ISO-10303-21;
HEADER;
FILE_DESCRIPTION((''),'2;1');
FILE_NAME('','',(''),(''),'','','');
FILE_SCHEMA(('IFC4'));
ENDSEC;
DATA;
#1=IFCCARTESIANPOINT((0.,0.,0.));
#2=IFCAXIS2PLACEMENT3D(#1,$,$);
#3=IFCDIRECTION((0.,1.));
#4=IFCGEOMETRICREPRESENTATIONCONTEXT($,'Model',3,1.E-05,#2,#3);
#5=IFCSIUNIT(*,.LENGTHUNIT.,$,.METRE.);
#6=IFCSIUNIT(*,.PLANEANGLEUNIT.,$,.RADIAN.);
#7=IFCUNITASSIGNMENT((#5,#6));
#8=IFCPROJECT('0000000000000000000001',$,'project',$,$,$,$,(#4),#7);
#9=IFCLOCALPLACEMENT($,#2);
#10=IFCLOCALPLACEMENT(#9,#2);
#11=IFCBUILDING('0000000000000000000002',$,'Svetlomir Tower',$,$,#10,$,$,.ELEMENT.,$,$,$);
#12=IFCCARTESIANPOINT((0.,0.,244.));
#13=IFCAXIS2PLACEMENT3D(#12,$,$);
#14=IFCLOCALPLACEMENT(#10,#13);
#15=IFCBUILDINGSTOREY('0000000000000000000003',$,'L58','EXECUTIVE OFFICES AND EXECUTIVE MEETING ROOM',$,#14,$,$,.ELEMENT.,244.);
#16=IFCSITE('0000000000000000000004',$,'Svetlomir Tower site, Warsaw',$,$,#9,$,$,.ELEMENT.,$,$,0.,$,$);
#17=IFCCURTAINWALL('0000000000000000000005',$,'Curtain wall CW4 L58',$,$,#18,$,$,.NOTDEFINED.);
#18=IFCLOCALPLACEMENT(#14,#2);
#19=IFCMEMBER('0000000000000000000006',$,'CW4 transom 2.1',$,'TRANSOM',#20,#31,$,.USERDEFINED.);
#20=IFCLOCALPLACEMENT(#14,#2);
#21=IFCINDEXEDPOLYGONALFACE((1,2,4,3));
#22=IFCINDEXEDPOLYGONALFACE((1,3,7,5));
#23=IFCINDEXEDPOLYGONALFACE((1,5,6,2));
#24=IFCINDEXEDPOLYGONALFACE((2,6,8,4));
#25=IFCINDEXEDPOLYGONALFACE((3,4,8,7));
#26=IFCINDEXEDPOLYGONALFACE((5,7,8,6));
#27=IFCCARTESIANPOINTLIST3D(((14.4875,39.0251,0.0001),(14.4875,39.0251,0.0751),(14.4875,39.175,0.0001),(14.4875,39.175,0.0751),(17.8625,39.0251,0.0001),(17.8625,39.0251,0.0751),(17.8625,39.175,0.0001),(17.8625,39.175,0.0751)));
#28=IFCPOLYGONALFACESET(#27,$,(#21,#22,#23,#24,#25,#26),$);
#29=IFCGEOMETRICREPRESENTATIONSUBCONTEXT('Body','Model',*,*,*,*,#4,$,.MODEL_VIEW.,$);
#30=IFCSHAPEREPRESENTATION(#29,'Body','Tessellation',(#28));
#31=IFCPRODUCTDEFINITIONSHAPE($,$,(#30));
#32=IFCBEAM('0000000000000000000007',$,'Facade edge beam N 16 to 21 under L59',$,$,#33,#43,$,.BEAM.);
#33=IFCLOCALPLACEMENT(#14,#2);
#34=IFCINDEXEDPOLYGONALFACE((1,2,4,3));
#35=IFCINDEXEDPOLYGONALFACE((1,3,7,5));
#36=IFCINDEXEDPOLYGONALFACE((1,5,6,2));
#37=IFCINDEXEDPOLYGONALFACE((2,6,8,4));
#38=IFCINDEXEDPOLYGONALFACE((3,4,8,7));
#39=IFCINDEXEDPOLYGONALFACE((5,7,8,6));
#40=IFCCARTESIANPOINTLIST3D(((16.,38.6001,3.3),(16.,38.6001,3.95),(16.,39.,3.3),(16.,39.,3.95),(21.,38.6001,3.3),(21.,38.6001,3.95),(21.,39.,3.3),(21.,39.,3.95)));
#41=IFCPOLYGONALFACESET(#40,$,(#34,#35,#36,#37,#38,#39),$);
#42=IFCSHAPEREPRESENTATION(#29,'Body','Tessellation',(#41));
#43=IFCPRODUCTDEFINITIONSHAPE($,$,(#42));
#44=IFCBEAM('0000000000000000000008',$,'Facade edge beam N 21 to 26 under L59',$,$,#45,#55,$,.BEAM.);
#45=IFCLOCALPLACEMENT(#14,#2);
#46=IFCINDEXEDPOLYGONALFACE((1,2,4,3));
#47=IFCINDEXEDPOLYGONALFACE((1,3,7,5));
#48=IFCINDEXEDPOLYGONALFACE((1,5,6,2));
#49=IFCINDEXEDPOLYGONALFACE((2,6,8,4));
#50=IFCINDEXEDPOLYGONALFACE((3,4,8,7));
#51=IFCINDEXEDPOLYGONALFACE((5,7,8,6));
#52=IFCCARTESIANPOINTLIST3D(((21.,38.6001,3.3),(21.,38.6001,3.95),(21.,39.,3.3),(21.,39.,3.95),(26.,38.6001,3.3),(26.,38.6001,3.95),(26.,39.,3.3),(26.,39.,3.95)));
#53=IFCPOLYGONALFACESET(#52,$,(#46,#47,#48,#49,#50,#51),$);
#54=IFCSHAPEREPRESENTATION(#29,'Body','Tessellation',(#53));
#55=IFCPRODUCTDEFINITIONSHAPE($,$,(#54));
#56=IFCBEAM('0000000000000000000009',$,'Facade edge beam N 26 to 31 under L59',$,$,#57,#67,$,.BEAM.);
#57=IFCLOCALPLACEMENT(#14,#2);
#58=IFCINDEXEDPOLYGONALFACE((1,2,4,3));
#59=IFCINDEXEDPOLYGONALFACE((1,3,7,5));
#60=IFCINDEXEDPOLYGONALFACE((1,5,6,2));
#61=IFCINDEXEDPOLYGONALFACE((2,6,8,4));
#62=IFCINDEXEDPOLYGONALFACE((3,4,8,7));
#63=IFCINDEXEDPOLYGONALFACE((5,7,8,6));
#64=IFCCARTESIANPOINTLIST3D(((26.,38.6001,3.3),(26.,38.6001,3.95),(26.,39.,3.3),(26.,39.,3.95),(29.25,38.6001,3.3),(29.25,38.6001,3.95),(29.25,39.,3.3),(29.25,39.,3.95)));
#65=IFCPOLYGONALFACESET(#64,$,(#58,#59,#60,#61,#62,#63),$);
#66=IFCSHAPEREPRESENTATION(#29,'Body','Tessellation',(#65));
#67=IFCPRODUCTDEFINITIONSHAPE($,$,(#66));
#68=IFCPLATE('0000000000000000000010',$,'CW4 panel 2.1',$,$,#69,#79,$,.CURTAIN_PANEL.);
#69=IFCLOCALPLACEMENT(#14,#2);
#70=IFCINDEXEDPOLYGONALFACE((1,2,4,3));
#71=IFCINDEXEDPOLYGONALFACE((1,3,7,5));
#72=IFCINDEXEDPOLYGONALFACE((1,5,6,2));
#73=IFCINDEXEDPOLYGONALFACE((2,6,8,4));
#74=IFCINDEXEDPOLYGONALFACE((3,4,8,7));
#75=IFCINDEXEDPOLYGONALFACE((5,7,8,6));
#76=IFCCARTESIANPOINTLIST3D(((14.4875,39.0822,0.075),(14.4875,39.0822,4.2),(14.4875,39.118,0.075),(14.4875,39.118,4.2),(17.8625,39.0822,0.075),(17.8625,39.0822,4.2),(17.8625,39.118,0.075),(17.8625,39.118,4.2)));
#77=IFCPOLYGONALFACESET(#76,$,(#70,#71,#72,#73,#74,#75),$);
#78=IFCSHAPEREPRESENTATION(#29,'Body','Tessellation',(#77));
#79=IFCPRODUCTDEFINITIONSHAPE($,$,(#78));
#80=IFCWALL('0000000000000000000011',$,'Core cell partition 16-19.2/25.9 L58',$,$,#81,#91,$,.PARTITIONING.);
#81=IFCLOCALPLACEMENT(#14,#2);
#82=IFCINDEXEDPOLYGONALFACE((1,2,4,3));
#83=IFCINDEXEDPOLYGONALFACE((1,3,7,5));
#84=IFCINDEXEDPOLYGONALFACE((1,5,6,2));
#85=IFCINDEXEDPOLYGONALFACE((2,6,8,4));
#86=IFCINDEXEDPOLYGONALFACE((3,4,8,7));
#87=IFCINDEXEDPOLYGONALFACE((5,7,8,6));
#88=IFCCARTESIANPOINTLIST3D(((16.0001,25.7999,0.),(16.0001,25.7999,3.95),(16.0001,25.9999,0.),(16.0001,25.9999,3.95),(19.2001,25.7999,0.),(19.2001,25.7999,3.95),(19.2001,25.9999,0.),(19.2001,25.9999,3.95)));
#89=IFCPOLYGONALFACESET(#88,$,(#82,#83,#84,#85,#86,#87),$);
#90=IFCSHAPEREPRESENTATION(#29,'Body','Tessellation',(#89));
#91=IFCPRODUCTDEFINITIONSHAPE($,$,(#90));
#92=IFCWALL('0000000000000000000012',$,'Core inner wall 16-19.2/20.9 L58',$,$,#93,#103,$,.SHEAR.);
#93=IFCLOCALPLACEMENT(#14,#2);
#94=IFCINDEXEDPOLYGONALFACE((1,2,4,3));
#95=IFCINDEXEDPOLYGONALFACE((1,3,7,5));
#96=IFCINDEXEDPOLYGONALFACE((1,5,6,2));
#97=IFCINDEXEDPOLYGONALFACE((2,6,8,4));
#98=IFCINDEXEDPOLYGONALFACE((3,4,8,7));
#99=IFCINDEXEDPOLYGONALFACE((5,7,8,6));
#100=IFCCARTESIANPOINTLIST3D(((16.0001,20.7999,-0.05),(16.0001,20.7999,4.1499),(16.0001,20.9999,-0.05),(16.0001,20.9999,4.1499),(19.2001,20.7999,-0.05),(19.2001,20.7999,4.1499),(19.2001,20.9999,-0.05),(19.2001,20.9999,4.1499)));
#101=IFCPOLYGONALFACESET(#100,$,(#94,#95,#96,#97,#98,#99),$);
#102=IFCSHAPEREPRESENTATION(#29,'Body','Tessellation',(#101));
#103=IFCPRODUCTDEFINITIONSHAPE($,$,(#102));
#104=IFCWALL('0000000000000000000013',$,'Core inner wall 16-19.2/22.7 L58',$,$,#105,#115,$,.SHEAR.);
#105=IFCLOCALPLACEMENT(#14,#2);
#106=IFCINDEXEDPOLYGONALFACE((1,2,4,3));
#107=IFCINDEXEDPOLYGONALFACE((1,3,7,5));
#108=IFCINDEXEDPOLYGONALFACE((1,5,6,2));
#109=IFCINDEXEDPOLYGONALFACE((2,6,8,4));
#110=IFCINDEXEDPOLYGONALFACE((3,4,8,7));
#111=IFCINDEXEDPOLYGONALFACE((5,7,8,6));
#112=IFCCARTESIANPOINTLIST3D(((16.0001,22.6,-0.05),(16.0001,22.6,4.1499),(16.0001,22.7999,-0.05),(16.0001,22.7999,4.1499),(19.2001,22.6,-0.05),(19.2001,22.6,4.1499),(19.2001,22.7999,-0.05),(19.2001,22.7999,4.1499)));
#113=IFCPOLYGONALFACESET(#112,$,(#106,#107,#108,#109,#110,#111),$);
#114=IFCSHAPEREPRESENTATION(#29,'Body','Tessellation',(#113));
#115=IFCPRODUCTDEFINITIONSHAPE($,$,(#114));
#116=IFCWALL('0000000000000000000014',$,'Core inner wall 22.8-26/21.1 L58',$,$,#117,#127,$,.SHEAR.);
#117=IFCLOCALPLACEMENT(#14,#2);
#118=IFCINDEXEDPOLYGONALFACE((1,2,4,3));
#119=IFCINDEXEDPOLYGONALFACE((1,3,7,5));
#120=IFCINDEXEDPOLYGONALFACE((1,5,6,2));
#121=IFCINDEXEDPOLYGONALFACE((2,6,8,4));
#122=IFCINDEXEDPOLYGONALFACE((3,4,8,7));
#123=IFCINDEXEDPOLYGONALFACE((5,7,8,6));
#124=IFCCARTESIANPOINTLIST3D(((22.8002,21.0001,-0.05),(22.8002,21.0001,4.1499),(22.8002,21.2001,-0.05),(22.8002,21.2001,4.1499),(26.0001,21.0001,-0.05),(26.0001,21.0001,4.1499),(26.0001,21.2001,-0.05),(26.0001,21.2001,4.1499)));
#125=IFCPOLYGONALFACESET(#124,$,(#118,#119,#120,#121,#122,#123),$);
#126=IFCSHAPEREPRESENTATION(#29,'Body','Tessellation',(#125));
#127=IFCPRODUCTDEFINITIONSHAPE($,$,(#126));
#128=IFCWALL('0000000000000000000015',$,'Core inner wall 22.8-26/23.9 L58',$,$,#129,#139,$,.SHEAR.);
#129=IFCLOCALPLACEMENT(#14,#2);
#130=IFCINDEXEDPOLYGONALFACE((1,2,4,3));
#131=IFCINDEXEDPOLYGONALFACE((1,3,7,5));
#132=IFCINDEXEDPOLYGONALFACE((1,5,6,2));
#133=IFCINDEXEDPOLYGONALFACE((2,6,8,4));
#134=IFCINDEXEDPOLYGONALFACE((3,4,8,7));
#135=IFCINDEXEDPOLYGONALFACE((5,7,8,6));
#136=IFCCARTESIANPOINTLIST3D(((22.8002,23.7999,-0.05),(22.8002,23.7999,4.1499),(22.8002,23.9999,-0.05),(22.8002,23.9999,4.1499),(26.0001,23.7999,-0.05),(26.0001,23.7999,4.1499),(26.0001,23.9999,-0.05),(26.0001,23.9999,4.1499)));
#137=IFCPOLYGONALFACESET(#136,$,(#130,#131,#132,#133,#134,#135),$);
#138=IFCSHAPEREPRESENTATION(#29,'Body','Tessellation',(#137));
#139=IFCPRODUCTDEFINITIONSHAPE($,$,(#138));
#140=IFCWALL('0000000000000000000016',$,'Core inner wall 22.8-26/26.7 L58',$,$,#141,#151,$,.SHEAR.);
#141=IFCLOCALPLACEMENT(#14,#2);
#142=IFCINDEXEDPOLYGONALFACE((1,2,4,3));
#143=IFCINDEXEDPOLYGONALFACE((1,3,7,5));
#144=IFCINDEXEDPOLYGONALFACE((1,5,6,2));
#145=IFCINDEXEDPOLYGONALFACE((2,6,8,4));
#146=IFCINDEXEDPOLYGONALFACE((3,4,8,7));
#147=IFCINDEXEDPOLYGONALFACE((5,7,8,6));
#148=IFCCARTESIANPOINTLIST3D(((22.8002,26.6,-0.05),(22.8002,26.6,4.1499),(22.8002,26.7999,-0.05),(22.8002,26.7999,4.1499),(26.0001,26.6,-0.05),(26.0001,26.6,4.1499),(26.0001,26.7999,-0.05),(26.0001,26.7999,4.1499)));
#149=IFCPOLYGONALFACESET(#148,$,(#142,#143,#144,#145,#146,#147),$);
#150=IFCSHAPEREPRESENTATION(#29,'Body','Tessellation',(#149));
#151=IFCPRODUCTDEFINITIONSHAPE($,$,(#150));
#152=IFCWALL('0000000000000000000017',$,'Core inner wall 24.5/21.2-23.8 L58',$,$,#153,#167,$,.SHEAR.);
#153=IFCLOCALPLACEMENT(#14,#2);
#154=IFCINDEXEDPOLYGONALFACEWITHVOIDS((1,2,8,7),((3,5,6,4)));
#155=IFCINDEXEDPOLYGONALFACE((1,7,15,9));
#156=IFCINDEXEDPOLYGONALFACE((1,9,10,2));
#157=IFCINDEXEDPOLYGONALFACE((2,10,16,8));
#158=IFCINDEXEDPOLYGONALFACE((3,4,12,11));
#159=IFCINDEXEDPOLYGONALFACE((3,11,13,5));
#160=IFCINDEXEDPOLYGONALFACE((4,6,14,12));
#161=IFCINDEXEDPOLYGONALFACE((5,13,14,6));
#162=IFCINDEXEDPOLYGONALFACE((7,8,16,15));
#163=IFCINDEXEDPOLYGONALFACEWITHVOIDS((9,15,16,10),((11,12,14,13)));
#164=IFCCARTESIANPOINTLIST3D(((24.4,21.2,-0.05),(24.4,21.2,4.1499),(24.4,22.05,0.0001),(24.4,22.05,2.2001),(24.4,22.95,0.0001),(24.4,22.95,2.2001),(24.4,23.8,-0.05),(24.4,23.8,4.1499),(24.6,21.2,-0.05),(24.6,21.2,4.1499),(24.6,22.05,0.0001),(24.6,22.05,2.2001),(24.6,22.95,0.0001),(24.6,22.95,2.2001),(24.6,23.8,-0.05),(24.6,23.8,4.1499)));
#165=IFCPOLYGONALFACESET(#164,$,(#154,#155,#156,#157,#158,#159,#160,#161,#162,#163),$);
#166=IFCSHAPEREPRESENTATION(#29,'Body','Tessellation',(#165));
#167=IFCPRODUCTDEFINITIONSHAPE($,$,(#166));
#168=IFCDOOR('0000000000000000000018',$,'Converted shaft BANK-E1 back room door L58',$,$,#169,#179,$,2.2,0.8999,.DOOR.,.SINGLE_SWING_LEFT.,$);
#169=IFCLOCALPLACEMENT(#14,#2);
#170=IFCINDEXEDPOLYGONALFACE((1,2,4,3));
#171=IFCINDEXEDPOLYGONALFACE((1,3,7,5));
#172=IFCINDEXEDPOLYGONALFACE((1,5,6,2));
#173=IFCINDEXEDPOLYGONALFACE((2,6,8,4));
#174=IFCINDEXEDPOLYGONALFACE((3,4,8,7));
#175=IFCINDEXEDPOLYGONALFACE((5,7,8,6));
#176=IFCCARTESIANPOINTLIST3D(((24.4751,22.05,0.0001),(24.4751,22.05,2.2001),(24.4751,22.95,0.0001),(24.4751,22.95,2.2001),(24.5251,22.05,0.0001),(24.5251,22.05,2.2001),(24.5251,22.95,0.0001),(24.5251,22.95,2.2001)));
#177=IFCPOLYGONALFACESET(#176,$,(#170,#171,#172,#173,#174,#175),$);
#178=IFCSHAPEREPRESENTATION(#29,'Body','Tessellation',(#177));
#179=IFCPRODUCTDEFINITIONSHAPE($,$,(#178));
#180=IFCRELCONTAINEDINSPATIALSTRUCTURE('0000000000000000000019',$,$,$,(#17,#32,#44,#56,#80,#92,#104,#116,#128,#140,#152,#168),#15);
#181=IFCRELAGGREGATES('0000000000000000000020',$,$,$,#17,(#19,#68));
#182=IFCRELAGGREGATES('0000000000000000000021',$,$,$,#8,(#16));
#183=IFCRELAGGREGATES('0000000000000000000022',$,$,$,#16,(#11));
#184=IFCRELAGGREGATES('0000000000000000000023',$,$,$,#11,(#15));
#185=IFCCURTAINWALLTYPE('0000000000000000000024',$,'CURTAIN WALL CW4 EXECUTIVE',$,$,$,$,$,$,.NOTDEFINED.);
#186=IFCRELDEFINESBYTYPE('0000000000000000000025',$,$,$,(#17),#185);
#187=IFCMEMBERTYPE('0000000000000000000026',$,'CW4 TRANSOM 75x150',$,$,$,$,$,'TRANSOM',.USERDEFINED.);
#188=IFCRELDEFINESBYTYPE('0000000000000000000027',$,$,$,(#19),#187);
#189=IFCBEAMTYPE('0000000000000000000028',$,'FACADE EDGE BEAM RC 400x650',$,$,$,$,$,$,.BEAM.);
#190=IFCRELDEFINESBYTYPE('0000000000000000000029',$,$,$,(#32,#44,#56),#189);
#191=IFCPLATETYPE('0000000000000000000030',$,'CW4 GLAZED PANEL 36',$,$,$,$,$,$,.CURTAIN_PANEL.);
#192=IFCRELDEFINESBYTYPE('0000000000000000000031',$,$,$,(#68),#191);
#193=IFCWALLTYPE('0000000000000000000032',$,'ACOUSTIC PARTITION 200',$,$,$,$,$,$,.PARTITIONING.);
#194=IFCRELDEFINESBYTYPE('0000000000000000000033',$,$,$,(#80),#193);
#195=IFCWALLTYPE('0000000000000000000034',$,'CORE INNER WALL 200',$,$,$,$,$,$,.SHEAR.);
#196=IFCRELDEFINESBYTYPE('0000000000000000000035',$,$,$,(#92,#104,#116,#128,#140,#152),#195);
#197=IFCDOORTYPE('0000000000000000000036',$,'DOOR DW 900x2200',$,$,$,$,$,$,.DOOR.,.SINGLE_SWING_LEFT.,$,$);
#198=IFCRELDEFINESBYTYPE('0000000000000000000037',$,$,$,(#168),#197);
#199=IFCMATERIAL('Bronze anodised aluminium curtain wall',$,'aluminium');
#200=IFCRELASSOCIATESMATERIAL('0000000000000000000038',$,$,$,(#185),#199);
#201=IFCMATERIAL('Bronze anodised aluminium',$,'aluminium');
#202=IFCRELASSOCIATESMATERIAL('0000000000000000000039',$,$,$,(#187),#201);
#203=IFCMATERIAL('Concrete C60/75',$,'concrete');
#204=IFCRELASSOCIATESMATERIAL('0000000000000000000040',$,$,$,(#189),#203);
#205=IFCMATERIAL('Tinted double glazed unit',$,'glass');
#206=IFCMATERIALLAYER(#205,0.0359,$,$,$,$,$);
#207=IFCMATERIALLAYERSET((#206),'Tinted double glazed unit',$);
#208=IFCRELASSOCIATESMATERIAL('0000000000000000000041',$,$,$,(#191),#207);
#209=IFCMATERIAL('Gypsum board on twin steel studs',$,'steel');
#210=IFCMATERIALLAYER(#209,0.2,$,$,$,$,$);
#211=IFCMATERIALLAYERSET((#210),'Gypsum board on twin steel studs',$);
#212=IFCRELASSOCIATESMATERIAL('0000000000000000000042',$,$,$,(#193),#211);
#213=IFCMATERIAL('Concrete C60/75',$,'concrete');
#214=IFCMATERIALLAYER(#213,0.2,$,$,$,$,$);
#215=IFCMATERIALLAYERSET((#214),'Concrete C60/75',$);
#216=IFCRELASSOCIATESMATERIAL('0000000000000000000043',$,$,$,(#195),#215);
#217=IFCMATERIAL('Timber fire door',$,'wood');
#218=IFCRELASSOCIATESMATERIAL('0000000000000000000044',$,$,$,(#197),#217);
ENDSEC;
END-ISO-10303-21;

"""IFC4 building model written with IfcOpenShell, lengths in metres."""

from ifc_helpers import new_model, si_unit, direction, frame, frame_2d, origin, origin_2d, place, context, subcontext, project, spatial, rectangle, extrude, material, layer, layer_set, material_profile, profile_set, type_object, element, fill, aggregate, save


model = new_model("IFC4")

# Units and contexts
model_context = context("Model", 3, precision=1e-05, world=origin(), true_north=direction((0.0, 1.0)))
body_context = subcontext(model_context, "Body", "Model", "MODEL_VIEW")
ifc_project = project(units=[si_unit("LENGTHUNIT", "METRE"), si_unit("PLANEANGLEUNIT", "RADIAN")], contexts=[model_context])

# Site, building, storey
site_placement = place(None, origin())
site = spatial("IfcSite", under=ifc_project, at=site_placement, Name="Svetlomir Tower site, Warsaw", CompositionType="ELEMENT", RefElevation=0.0)
building_placement = place(site_placement, origin())
building = spatial("IfcBuilding", under=site, at=building_placement, Name="Svetlomir Tower", CompositionType="ELEMENT")
storey_placement = place(building_placement, frame((0.0, 0.0, 244.0)))
storey = spatial("IfcBuildingStorey", under=building, at=storey_placement, Name="L58", Description="EXECUTIVE OFFICES AND EXECUTIVE MEETING ROOM", CompositionType="ELEMENT", Elevation=244.0)

# Curtain wall, member
ifc_material_1 = material(Name="Bronze anodised aluminium curtain wall", Category="aluminium")
curtain_wall_type = type_object("IfcCurtainWallType", Name="CURTAIN WALL CW4 EXECUTIVE", PredefinedType="NOTDEFINED", material=ifc_material_1)
curtain_wall_placement = place(storey_placement, origin())
curtain_wall = element("IfcCurtainWall", 1, at=curtain_wall_placement, inside=storey, type_object=curtain_wall_type, Name="Curtain wall CW4 L58", PredefinedType="NOTDEFINED")
ifc_material_2 = material(Name="Bronze anodised aluminium", Category="aluminium")
ifc_material_profile_1 = material_profile(ifc_material_2, rectangle(XDim=0.1499, YDim=0.075, at=origin_2d()), Name="AL 150x75")
ifc_profile_set_1 = profile_set([ifc_material_profile_1], Name="Bronze anodised aluminium 6063-T6")
member_type = type_object("IfcMemberType", Name="CW4 TRANSOM 75x150", ElementType="TRANSOM", PredefinedType="USERDEFINED", material=ifc_profile_set_1)
member_placement = place(storey_placement, frame((17.8625, 39.1001, 0.0376), z_axis=(-1.0, 0.0, 0.0), x_axis=(0.0, -1.0, 0.0)))
member = element("IfcMember", 2, at=member_placement, type_object=member_type, Name="CW4 transom 2.1", ObjectType="TRANSOM", PredefinedType="USERDEFINED", context=body_context, shape_type="SweptSolid", body=[
    extrude(rectangle(XDim=0.1499, YDim=0.075, at=origin_2d()), origin(), (0.0, 0.0, 1.0), 3.375),
])

# Beams
ifc_material_3 = material(Name="Concrete C60/75", Category="concrete")
ifc_material_profile_2 = material_profile(ifc_material_3, rectangle(XDim=0.3999, YDim=0.6499, at=origin_2d()), Name="RC 400x650")
ifc_profile_set_2 = profile_set([ifc_material_profile_2], Name="Concrete C60/75")
beam_type = type_object("IfcBeamType", Name="FACADE EDGE BEAM RC 400x650", PredefinedType="BEAM", material=ifc_profile_set_2)
for number, where, z_axis, x_axis, name in (
    (3, (16.0, 38.8, 3.625), (1.0, 0.0, 0.0), (0.0, 1.0, 0.0), "Facade edge beam N 16 to 21 under L59"),
    (4, (21.0, 38.8, 3.625), (1.0, 0.0, 0.0), (0.0, 1.0, 0.0), "Facade edge beam N 21 to 26 under L59"),
):
    element("IfcBeam", number, at=place(storey_placement, frame(where, z_axis=z_axis, x_axis=x_axis)), inside=storey, type_object=beam_type, Name=name, PredefinedType="BEAM", context=body_context, shape_type="SweptSolid", body=[
        extrude(rectangle(XDim=0.3999, YDim=0.6499, at=origin_2d()), origin(), (0.0, 0.0, 1.0), 5.0),
    ])
beam_placement = place(storey_placement, frame((26.0, 38.8, 3.625), z_axis=(1.0, 0.0, 0.0), x_axis=(0.0, 1.0, 0.0)))
element("IfcBeam", 5, at=beam_placement, inside=storey, type_object=beam_type, Name="Facade edge beam N 26 to 31 under L59", PredefinedType="BEAM", context=body_context, shape_type="SweptSolid", body=[
    extrude(rectangle(XDim=0.3999, YDim=0.6499, at=origin_2d()), origin(), (0.0, 0.0, 1.0), 3.25),
])

# Plate
ifc_material_4 = material(Name="Tinted double glazed unit", Category="glass")
ifc_layer_1 = layer(ifc_material_4, 0.0359)
ifc_layer_set_1 = layer_set([ifc_layer_1], Name="Tinted double glazed unit")
plate_type = type_object("IfcPlateType", Name="CW4 GLAZED PANEL 36", PredefinedType="CURTAIN_PANEL", material=ifc_layer_set_1)
plate_placement = place(storey_placement, frame((16.175, 39.1001, 0.075), z_axis=(0.0, 0.0, 1.0), x_axis=(-1.0, 0.0, 0.0)))
plate = element("IfcPlate", 6, at=plate_placement, type_object=plate_type, Name="CW4 panel 2.1", PredefinedType="CURTAIN_PANEL", context=body_context, shape_type="SweptSolid", body=[
    extrude(rectangle(XDim=3.375, YDim=0.0359, at=origin_2d()), origin(), (0.0, 0.0, 1.0), 4.125),
])
aggregate(curtain_wall, [member, plate])

# Walls
ifc_material_5 = material(Name="Gypsum board on twin steel studs", Category="steel")
ifc_layer_2 = layer(ifc_material_5, 0.2)
ifc_layer_set_2 = layer_set([ifc_layer_2], Name="Gypsum board on twin steel studs")
wall_type_1 = type_object("IfcWallType", Name="ACOUSTIC PARTITION 200", PredefinedType="PARTITIONING", material=ifc_layer_set_2)
wall_1_placement = place(storey_placement, frame((16.0, 25.8999, 0.0), z_axis=(0.0, 0.0, 1.0), x_axis=(1.0, 0.0, 0.0)))
element("IfcWall", 7, at=wall_1_placement, inside=storey, type_object=wall_type_1, Name="Core cell partition 16-19.2/25.9 L58", PredefinedType="PARTITIONING", context=body_context, shape_type="SweptSolid", body=[
    extrude(rectangle(XDim=3.2, YDim=0.2, at=frame_2d((1.6001, 0.0))), origin(), (0.0, 0.0, 1.0), 3.95),
])
ifc_material_6 = material(Name="Concrete C60/75", Category="concrete")
ifc_layer_3 = layer(ifc_material_6, 0.2)
ifc_layer_set_3 = layer_set([ifc_layer_3], Name="Concrete C60/75")
wall_type_2 = type_object("IfcWallType", Name="CORE INNER WALL 200", PredefinedType="SHEAR", material=ifc_layer_set_3)
for number, where, z_axis, x_axis, name in (
    (8, (16.0, 20.8999, -0.05), (0.0, 0.0, 1.0), (1.0, 0.0, 0.0), "Core inner wall 16-19.2/20.9 L58"),
    (9, (16.0, 22.7, -0.05), (0.0, 0.0, 1.0), (1.0, 0.0, 0.0), "Core inner wall 16-19.2/22.7 L58"),
    (10, (22.8, 21.1001, -0.05), (0.0, 0.0, 1.0), (1.0, 0.0, 0.0), "Core inner wall 22.8-26/21.1 L58"),
    (11, (22.8, 23.8999, -0.05), (0.0, 0.0, 1.0), (1.0, 0.0, 0.0), "Core inner wall 22.8-26/23.9 L58"),
    (12, (22.8, 26.7, -0.05), (0.0, 0.0, 1.0), (1.0, 0.0, 0.0), "Core inner wall 22.8-26/26.7 L58"),
):
    element("IfcWall", number, at=place(storey_placement, frame(where, z_axis=z_axis, x_axis=x_axis)), inside=storey, type_object=wall_type_2, Name=name, PredefinedType="SHEAR", context=body_context, shape_type="SweptSolid", body=[
        extrude(rectangle(XDim=3.2, YDim=0.2, at=frame_2d((1.6001, 0.0))), origin(), (0.0, 0.0, 1.0), 4.2),
    ])

# Wall, opening, door
wall_2_placement = place(storey_placement, frame((24.5, 21.2, -0.05), z_axis=(0.0, 0.0, 1.0), x_axis=(0.0, 1.0, 0.0)))
wall_2 = element("IfcWall", 13, at=wall_2_placement, inside=storey, type_object=wall_type_2, Name="Core inner wall 24.5/21.2-23.8 L58", PredefinedType="SHEAR", context=body_context, shape_type="SweptSolid", body=[
    extrude(rectangle(XDim=2.6001, YDim=0.2, at=frame_2d((1.3, 0.0))), origin(), (0.0, 0.0, 1.0), 4.2),
])
opening_1_placement = place(wall_2_placement, frame((0.8501, 0.0, 0.05)))
opening_1 = element("IfcOpeningElement", 14, at=opening_1_placement, cuts=wall_2, PredefinedType="OPENING", context=body_context, shape_type="SweptSolid", body=[
    extrude(rectangle(XDim=0.8999, YDim=2.2, at=frame_2d((0.45, 1.1001))), frame((0.0, 0.1099, 0.0), z_axis=(0.0, -1.0, 0.0), x_axis=(1.0, 0.0, 0.0)), (0.0, 0.0, 1.0), 0.22),
])
ifc_material_7 = material(Name="Timber fire door", Category="wood")
door_type_1 = type_object("IfcDoorType", Name="DOOR DW 900x2200", OperationType="SINGLE_SWING_LEFT", PredefinedType="DOOR", material=ifc_material_7)
door_1_placement = place(opening_1_placement, origin())
door_1 = element("IfcDoor", 15, at=door_1_placement, inside=storey, type_object=door_type_1, Name="Converted shaft BANK-E1 back room door L58", OperationType="SINGLE_SWING_LEFT", OverallHeight=2.2, OverallWidth=0.8999, PredefinedType="DOOR", context=body_context, shape_type="SweptSolid", body=[
    extrude(rectangle(XDim=0.8999, YDim=2.2, at=frame_2d((0.45, 1.1001))), frame((0.0, 0.0249, 0.0), z_axis=(0.0, -1.0, 0.0), x_axis=(1.0, 0.0, 0.0)), (0.0, 0.0, 1.0), 0.05),
])
fill(opening_1, door_1)

save(model, "model.ifc")
